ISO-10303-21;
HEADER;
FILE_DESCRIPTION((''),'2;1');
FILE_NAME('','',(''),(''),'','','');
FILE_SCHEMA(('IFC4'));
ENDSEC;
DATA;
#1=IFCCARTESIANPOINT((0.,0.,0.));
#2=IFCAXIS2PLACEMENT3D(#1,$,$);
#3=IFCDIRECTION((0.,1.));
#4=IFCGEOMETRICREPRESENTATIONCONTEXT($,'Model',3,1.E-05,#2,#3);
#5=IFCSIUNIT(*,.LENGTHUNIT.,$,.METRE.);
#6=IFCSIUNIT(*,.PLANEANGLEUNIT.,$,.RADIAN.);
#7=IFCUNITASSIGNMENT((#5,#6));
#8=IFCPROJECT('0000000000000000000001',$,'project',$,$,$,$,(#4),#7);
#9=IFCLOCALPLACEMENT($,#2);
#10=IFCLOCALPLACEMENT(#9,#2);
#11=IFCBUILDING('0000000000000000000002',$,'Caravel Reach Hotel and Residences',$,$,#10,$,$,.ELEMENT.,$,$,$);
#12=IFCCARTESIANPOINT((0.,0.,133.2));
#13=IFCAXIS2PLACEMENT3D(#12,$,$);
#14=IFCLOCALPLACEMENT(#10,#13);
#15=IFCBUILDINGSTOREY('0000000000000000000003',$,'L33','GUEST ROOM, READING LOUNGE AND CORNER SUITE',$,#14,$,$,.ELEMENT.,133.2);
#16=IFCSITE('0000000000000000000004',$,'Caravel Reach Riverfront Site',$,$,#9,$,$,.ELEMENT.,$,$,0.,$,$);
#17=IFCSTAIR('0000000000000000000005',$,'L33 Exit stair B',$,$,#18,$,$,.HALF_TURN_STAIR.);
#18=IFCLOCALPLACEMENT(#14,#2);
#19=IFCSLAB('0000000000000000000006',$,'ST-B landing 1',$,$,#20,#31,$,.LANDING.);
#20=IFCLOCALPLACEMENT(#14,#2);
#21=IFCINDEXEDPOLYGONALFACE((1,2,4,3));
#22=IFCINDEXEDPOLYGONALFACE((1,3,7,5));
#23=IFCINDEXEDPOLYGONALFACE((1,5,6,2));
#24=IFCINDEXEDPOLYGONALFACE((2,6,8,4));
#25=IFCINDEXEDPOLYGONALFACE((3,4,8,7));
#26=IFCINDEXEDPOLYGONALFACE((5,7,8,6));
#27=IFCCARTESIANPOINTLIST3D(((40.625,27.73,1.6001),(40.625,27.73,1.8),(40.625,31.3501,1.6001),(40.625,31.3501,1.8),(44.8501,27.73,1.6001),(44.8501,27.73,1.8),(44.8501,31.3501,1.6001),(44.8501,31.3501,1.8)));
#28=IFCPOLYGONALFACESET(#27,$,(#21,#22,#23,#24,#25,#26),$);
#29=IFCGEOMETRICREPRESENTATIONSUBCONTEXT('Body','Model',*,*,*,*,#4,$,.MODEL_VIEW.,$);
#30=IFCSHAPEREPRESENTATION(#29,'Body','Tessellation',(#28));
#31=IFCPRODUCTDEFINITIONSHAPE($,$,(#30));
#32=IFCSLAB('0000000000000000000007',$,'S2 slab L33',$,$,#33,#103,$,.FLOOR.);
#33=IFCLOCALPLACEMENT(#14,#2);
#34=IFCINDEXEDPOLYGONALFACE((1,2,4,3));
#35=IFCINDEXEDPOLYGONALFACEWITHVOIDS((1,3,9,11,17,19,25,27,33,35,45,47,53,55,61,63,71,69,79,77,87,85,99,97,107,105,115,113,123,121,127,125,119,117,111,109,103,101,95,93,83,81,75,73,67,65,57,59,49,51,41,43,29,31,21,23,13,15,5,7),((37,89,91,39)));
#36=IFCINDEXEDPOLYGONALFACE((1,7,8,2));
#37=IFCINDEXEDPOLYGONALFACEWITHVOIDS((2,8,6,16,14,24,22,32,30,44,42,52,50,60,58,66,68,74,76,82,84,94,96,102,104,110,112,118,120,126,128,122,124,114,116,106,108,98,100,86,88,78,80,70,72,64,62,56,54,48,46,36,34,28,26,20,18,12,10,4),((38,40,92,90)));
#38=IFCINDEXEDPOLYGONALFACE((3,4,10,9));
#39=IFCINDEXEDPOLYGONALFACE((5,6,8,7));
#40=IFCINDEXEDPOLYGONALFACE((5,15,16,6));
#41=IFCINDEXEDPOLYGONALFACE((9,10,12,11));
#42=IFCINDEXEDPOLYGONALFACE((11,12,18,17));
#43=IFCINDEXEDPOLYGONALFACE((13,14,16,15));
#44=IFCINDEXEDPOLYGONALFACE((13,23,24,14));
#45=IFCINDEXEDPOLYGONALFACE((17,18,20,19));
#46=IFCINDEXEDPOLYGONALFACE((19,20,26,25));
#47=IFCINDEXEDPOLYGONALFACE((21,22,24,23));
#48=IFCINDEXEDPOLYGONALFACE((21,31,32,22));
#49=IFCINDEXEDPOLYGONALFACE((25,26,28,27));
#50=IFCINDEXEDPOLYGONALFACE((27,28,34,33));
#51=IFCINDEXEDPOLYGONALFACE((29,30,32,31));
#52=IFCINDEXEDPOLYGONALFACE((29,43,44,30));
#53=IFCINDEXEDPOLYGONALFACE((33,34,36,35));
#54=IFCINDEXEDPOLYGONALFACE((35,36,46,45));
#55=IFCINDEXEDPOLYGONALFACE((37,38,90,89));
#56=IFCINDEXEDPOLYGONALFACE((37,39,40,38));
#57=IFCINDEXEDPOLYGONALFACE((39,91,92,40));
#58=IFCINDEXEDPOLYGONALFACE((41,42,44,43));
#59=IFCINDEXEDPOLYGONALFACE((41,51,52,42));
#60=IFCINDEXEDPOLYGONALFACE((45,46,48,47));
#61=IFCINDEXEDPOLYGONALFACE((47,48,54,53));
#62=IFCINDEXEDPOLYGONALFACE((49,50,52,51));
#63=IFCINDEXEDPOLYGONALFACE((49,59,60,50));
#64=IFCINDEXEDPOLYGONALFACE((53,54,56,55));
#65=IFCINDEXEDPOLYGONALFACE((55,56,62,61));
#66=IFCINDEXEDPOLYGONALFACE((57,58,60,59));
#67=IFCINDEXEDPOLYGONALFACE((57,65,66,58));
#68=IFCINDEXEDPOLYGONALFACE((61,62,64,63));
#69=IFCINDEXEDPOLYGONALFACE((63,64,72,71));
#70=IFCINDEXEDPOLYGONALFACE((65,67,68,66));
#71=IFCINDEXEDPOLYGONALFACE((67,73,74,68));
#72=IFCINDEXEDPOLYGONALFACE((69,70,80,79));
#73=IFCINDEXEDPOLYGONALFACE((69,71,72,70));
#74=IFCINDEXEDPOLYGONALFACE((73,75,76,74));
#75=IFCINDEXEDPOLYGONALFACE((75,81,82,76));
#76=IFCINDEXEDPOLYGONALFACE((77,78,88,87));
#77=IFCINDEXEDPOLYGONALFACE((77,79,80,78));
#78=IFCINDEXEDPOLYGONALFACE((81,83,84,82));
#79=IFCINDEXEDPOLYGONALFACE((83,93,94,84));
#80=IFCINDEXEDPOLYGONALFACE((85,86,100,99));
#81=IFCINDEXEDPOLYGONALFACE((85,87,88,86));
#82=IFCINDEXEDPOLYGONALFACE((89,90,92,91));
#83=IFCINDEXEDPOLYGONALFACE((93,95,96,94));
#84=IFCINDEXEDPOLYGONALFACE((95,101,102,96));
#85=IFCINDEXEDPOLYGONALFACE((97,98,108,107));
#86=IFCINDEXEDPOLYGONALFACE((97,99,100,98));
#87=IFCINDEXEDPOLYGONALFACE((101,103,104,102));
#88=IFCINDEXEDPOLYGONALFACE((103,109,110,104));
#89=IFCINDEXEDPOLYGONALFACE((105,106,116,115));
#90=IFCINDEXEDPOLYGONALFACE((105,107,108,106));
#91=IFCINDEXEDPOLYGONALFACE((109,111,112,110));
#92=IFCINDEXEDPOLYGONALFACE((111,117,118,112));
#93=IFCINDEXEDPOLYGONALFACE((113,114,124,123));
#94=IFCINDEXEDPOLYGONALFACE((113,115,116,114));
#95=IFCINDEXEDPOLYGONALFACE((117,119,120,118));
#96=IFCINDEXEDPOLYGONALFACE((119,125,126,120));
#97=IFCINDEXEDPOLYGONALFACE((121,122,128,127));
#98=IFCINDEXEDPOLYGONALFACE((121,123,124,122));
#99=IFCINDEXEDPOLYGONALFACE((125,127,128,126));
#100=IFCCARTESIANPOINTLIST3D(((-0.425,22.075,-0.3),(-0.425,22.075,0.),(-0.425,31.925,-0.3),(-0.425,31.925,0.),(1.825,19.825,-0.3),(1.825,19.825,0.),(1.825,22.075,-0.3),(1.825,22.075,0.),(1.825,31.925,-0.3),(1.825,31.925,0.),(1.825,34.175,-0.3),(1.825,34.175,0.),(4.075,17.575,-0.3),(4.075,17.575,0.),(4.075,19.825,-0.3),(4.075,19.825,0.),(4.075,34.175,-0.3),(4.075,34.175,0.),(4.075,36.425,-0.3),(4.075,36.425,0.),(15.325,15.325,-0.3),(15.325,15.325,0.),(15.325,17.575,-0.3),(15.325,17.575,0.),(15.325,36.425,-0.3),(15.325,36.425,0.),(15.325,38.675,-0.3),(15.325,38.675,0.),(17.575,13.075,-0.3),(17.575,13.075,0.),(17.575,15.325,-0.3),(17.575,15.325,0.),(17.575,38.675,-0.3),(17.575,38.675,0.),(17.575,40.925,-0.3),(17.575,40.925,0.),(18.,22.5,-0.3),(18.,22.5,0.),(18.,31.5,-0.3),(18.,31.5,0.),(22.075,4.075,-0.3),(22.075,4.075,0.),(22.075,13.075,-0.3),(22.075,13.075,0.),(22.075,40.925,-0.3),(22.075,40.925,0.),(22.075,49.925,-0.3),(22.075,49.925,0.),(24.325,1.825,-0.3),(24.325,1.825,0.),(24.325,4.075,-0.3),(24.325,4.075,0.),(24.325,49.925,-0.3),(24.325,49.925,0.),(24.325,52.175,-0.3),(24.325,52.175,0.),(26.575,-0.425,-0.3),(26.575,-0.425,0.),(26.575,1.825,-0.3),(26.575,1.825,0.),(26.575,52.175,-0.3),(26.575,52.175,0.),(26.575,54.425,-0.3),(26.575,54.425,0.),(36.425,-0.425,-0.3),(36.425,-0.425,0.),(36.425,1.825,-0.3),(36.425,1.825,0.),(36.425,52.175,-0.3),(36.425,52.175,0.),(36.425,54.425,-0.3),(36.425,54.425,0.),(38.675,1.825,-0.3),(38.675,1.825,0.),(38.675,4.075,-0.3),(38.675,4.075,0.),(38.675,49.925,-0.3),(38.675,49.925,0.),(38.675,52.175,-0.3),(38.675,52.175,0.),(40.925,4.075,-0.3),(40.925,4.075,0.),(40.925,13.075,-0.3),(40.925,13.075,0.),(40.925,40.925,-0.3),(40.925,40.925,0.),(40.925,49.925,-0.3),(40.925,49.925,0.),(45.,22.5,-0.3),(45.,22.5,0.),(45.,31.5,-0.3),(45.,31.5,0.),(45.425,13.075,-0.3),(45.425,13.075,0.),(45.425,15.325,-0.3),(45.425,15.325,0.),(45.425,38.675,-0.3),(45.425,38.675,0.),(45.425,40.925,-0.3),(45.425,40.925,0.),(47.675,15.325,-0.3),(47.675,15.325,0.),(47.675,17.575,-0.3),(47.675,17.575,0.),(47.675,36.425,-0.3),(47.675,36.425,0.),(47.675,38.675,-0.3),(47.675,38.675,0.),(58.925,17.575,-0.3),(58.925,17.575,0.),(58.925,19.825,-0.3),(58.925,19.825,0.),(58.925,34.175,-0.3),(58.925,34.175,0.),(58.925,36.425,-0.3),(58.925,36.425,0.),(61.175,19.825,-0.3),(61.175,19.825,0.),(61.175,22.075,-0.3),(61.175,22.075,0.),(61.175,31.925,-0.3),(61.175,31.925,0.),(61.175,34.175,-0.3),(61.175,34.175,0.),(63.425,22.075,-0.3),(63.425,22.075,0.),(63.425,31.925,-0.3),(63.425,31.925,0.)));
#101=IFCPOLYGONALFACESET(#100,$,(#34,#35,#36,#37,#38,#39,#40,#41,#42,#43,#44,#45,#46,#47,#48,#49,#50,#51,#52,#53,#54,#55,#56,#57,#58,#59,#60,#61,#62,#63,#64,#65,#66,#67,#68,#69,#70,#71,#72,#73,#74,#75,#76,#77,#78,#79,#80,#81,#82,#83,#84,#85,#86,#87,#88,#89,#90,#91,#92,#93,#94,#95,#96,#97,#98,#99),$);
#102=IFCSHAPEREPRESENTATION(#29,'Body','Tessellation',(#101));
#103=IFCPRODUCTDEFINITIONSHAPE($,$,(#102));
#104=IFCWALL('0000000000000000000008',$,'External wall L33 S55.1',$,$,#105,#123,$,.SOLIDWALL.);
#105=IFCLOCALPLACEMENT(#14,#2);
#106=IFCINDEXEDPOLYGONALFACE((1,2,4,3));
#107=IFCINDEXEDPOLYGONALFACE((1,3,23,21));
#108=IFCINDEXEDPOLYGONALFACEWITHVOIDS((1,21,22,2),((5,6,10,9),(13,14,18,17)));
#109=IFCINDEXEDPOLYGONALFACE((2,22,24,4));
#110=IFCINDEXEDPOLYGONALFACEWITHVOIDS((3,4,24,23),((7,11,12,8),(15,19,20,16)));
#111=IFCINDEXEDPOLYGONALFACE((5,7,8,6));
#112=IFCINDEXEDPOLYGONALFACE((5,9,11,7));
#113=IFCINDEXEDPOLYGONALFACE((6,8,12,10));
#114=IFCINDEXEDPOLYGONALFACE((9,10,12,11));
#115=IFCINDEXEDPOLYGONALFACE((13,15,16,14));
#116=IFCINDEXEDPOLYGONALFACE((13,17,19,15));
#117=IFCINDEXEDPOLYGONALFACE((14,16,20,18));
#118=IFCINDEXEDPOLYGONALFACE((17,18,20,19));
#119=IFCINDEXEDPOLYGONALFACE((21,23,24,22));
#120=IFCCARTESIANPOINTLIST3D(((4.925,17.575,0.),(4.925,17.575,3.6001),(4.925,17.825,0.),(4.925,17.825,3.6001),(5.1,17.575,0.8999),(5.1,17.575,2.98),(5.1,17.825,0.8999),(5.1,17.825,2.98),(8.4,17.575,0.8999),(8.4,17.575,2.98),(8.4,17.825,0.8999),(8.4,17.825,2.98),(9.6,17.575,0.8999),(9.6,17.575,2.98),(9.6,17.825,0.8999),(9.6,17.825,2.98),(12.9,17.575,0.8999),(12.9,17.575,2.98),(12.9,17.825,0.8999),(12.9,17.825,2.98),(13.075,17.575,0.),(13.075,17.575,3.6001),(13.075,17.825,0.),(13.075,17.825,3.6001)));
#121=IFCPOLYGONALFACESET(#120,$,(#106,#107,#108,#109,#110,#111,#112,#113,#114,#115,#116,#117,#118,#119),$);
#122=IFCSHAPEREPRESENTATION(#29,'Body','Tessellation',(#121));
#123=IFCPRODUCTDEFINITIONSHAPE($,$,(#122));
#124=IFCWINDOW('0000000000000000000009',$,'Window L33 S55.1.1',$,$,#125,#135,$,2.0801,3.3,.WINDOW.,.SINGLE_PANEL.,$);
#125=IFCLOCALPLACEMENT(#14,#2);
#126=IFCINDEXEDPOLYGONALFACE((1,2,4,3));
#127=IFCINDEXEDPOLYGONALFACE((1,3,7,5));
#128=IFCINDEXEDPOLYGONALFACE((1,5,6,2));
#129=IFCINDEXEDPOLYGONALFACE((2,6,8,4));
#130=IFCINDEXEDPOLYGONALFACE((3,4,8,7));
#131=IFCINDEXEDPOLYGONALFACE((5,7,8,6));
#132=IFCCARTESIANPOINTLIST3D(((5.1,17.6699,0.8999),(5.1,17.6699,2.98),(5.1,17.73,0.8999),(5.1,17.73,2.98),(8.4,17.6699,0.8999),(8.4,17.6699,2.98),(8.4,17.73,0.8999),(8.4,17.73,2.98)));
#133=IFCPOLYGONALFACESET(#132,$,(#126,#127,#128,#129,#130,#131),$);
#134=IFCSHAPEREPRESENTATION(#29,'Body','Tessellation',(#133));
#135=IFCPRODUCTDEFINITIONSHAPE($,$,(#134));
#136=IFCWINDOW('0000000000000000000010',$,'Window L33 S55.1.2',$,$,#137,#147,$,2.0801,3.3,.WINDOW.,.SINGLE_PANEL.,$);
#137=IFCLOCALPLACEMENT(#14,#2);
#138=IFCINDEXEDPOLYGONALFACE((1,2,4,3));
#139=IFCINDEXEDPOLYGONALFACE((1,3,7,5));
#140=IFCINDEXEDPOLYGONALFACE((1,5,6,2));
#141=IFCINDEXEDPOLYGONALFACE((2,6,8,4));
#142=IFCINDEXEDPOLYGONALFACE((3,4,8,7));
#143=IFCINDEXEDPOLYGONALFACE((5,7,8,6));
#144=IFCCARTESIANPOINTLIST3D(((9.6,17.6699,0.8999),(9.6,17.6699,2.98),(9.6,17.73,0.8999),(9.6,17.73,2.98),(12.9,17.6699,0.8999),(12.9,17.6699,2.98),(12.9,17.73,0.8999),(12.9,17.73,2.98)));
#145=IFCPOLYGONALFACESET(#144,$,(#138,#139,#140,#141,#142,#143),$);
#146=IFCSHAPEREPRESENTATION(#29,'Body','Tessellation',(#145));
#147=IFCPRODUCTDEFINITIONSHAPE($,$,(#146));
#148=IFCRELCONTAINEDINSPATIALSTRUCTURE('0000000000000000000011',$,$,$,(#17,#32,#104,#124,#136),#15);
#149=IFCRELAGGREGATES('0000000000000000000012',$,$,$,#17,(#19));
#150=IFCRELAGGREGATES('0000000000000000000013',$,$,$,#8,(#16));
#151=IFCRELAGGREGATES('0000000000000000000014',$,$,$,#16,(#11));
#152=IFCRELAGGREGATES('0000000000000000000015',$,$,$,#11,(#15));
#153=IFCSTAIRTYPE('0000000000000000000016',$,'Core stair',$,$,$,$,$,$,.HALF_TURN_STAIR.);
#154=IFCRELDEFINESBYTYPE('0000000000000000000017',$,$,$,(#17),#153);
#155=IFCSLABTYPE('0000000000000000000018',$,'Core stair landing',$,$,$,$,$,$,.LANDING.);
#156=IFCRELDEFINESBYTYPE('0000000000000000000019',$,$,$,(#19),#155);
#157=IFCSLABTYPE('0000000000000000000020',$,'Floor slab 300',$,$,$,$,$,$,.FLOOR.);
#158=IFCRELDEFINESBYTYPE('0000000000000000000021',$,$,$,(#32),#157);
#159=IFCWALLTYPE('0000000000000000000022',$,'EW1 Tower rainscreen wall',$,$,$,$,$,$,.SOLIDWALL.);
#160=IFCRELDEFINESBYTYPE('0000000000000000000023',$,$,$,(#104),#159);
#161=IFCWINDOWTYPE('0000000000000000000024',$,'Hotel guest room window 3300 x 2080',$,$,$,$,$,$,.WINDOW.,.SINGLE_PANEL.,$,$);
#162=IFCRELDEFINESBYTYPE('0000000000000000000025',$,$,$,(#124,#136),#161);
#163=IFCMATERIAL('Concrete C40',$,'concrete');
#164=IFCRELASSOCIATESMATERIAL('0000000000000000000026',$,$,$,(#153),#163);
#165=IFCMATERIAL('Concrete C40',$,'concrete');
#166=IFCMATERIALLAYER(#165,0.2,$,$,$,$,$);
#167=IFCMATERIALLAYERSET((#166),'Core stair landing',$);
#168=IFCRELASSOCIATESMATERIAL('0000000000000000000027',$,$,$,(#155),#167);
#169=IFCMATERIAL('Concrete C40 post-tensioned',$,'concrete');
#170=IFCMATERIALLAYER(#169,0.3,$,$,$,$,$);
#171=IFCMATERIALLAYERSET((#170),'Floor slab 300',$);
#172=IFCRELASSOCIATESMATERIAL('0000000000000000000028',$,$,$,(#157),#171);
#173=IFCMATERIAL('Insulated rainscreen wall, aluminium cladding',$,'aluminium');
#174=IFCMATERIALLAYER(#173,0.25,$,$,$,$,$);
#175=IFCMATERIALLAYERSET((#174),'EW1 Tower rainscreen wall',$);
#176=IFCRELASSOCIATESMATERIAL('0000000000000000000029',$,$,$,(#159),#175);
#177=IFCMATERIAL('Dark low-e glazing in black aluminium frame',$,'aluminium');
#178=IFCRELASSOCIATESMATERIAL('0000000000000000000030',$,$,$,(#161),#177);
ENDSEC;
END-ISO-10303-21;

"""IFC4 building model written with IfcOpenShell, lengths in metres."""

from ifc_helpers import new_model, si_unit, direction, frame, frame_2d, origin, place, context, subcontext, project, spatial, polyline, rectangle, outline, extrude, material, layer, layer_set, type_object, element, fill, aggregate, save


model = new_model("IFC4")

# Units and contexts
model_context = context("Model", 3, precision=1e-05, world=origin(), true_north=direction((0.0, 1.0)))
body_context = subcontext(model_context, "Body", "Model", "MODEL_VIEW")
ifc_project = project(units=[si_unit("LENGTHUNIT", "METRE"), si_unit("PLANEANGLEUNIT", "RADIAN")], contexts=[model_context])

# Site, building, storey
site_placement = place(None, origin())
site = spatial("IfcSite", under=ifc_project, at=site_placement, Name="Caravel Reach Riverfront Site", CompositionType="ELEMENT", RefElevation=0.0)
building_placement = place(site_placement, origin())
building = spatial("IfcBuilding", under=site, at=building_placement, Name="Caravel Reach Hotel and Residences", CompositionType="ELEMENT")
storey_placement = place(building_placement, frame((0.0, 0.0, 133.2)))
storey = spatial("IfcBuildingStorey", under=building, at=storey_placement, Name="L33", Description="GUEST ROOM, READING LOUNGE AND CORNER SUITE", CompositionType="ELEMENT", Elevation=133.2)

# Stair, slab
ifc_material_1 = material(Name="Concrete C40", Category="concrete")
stair_type = type_object("IfcStairType", Name="Core stair", PredefinedType="HALF_TURN_STAIR", material=ifc_material_1)
ifc_material_2 = material(Name="Concrete C40", Category="concrete")
ifc_layer_1 = layer(ifc_material_2, 0.2)
ifc_layer_set_1 = layer_set([ifc_layer_1], Name="Core stair landing")
slab_type_1 = type_object("IfcSlabType", Name="Core stair landing", PredefinedType="LANDING", material=ifc_layer_set_1)
stair_1_placement = place(storey_placement, origin())
stair_1 = element("IfcStair", 1, at=stair_1_placement, inside=storey, type_object=stair_type, Name="L33 Exit stair B", PredefinedType="HALF_TURN_STAIR")
slab_1_placement = place(storey_placement, frame((0.0, 0.0, 1.6001)))
slab_1 = element("IfcSlab", 2, at=slab_1_placement, type_object=slab_type_1, Name="ST-B landing 1", PredefinedType="LANDING", context=body_context, shape_type="SweptSolid", body=[
    extrude(outline(polyline([(44.8501, 27.73), (44.8501, 31.3501), (40.625, 31.3501), (40.625, 27.73), (44.8501, 27.73)])), origin(), (0.0, 0.0, 1.0), 0.2),
])
aggregate(stair_1, [slab_1])

# Slab
ifc_material_3 = material(Name="Concrete C40 post-tensioned", Category="concrete")
ifc_layer_2 = layer(ifc_material_3, 0.3)
ifc_layer_set_2 = layer_set([ifc_layer_2], Name="Floor slab 300")
slab_type_2 = type_object("IfcSlabType", Name="Floor slab 300", PredefinedType="FLOOR", material=ifc_layer_set_2)
slab_2_placement = place(storey_placement, frame((0.0, 0.0, -0.3)))
element("IfcSlab", 3, at=slab_2_placement, inside=storey, type_object=slab_type_2, Name="S2 slab L33", PredefinedType="FLOOR", context=body_context, shape_type="SweptSolid", body=[
    extrude(outline(polyline([(17.575, 13.075), (17.575, 15.325), (15.325, 15.325), (15.325, 17.575), (4.075, 17.575), (4.075, 19.825), (1.825, 19.825), (1.825, 22.075), (-0.425, 22.075), (-0.425, 31.925), (1.825, 31.925), (1.825, 34.175), (4.075, 34.175), (4.075, 36.425), (15.325, 36.425), (15.325, 38.675), (17.575, 38.675), (17.575, 40.925), (22.075, 40.925), (22.075, 49.925), (24.325, 49.925), (24.325, 52.175), (26.575, 52.175), (26.575, 54.425), (36.425, 54.425), (36.425, 52.175), (38.675, 52.175), (38.675, 49.925), (40.925, 49.925), (40.925, 40.925), (45.425, 40.925), (45.425, 38.675), (47.675, 38.675), (47.675, 36.425), (58.925, 36.425), (58.925, 34.175), (61.175, 34.175), (61.175, 31.925), (63.425, 31.925), (63.425, 22.075), (61.175, 22.075), (61.175, 19.825), (58.925, 19.825), (58.925, 17.575), (47.675, 17.575), (47.675, 15.325), (45.425, 15.325), (45.425, 13.075), (40.925, 13.075), (40.925, 4.075), (38.675, 4.075), (38.675, 1.825), (36.425, 1.825), (36.425, -0.425), (26.575, -0.425), (26.575, 1.825), (24.325, 1.825), (24.325, 4.075), (22.075, 4.075), (22.075, 13.075), (17.575, 13.075)]), holes=[polyline([(45.0, 31.5), (18.0, 31.5), (18.0, 22.5), (45.0, 22.5), (45.0, 31.5)])]), origin(), (0.0, 0.0, 1.0), 0.3),
])

# Wall, openings, windows
ifc_material_4 = material(Name="Insulated rainscreen wall, aluminium cladding", Category="aluminium")
ifc_layer_3 = layer(ifc_material_4, 0.25)
ifc_layer_set_3 = layer_set([ifc_layer_3], Name="EW1 Tower rainscreen wall")
wall_type_1 = type_object("IfcWallType", Name="EW1 Tower rainscreen wall", PredefinedType="SOLIDWALL", material=ifc_layer_set_3)
wall_1_placement = place(storey_placement, frame((4.925, 17.7, 0.0), z_axis=(0.0, 0.0, 1.0), x_axis=(1.0, 0.0, 0.0)))
wall_1 = element("IfcWall", 4, at=wall_1_placement, inside=storey, type_object=wall_type_1, Name="External wall L33 S55.1", PredefinedType="SOLIDWALL", context=body_context, shape_type="SweptSolid", body=[
    extrude(rectangle(XDim=8.1499, YDim=0.25, at=frame_2d((4.075, 0.0))), origin(), (0.0, 0.0, 1.0), 3.6001),
])
opening_1_placement = place(wall_1_placement, frame((0.175, 0.0, 0.8999)))
opening_1 = element("IfcOpeningElement", 5, at=opening_1_placement, cuts=wall_1, PredefinedType="OPENING", context=body_context, shape_type="SweptSolid", body=[
    extrude(rectangle(XDim=3.3, YDim=2.0801, at=frame_2d((1.6499, 1.04))), frame((0.0, 0.135, 0.0), z_axis=(0.0, -1.0, 0.0), x_axis=(1.0, 0.0, 0.0)), (0.0, 0.0, 1.0), 0.27),
])
opening_2_placement = place(wall_1_placement, frame((4.675, 0.0, 0.8999)))
opening_2 = element("IfcOpeningElement", 6, at=opening_2_placement, cuts=wall_1, PredefinedType="OPENING", context=body_context, shape_type="SweptSolid", body=[
    extrude(rectangle(XDim=3.3, YDim=2.0801, at=frame_2d((1.6499, 1.04))), frame((0.0, 0.135, 0.0), z_axis=(0.0, -1.0, 0.0), x_axis=(1.0, 0.0, 0.0)), (0.0, 0.0, 1.0), 0.27),
])
ifc_material_5 = material(Name="Dark low-e glazing in black aluminium frame", Category="aluminium")
window_type_1 = type_object("IfcWindowType", Name="Hotel guest room window 3300 x 2080", PartitioningType="SINGLE_PANEL", PredefinedType="WINDOW", material=ifc_material_5)
window_1_placement = place(opening_1_placement, origin())
window_1 = element("IfcWindow", 7, at=window_1_placement, inside=storey, type_object=window_type_1, Name="Window L33 S55.1.1", OverallHeight=2.0801, OverallWidth=3.3, PartitioningType="SINGLE_PANEL", PredefinedType="WINDOW", context=body_context, shape_type="SweptSolid", body=[
    extrude(rectangle(XDim=3.3, YDim=2.0801, at=frame_2d((1.6499, 1.04))), frame((0.0, 0.03, 0.0), z_axis=(0.0, -1.0, 0.0), x_axis=(1.0, 0.0, 0.0)), (0.0, 0.0, 1.0), 0.0601),
])
fill(opening_1, window_1)
window_2_placement = place(opening_2_placement, origin())
window_2 = element("IfcWindow", 8, at=window_2_placement, inside=storey, type_object=window_type_1, Name="Window L33 S55.1.2", OverallHeight=2.0801, OverallWidth=3.3, PartitioningType="SINGLE_PANEL", PredefinedType="WINDOW", context=body_context, shape_type="SweptSolid", body=[
    extrude(rectangle(XDim=3.3, YDim=2.0801, at=frame_2d((1.6499, 1.04))), frame((0.0, 0.03, 0.0), z_axis=(0.0, -1.0, 0.0), x_axis=(1.0, 0.0, 0.0)), (0.0, 0.0, 1.0), 0.0601),
])
fill(opening_2, window_2)

save(model, "model.ifc")
